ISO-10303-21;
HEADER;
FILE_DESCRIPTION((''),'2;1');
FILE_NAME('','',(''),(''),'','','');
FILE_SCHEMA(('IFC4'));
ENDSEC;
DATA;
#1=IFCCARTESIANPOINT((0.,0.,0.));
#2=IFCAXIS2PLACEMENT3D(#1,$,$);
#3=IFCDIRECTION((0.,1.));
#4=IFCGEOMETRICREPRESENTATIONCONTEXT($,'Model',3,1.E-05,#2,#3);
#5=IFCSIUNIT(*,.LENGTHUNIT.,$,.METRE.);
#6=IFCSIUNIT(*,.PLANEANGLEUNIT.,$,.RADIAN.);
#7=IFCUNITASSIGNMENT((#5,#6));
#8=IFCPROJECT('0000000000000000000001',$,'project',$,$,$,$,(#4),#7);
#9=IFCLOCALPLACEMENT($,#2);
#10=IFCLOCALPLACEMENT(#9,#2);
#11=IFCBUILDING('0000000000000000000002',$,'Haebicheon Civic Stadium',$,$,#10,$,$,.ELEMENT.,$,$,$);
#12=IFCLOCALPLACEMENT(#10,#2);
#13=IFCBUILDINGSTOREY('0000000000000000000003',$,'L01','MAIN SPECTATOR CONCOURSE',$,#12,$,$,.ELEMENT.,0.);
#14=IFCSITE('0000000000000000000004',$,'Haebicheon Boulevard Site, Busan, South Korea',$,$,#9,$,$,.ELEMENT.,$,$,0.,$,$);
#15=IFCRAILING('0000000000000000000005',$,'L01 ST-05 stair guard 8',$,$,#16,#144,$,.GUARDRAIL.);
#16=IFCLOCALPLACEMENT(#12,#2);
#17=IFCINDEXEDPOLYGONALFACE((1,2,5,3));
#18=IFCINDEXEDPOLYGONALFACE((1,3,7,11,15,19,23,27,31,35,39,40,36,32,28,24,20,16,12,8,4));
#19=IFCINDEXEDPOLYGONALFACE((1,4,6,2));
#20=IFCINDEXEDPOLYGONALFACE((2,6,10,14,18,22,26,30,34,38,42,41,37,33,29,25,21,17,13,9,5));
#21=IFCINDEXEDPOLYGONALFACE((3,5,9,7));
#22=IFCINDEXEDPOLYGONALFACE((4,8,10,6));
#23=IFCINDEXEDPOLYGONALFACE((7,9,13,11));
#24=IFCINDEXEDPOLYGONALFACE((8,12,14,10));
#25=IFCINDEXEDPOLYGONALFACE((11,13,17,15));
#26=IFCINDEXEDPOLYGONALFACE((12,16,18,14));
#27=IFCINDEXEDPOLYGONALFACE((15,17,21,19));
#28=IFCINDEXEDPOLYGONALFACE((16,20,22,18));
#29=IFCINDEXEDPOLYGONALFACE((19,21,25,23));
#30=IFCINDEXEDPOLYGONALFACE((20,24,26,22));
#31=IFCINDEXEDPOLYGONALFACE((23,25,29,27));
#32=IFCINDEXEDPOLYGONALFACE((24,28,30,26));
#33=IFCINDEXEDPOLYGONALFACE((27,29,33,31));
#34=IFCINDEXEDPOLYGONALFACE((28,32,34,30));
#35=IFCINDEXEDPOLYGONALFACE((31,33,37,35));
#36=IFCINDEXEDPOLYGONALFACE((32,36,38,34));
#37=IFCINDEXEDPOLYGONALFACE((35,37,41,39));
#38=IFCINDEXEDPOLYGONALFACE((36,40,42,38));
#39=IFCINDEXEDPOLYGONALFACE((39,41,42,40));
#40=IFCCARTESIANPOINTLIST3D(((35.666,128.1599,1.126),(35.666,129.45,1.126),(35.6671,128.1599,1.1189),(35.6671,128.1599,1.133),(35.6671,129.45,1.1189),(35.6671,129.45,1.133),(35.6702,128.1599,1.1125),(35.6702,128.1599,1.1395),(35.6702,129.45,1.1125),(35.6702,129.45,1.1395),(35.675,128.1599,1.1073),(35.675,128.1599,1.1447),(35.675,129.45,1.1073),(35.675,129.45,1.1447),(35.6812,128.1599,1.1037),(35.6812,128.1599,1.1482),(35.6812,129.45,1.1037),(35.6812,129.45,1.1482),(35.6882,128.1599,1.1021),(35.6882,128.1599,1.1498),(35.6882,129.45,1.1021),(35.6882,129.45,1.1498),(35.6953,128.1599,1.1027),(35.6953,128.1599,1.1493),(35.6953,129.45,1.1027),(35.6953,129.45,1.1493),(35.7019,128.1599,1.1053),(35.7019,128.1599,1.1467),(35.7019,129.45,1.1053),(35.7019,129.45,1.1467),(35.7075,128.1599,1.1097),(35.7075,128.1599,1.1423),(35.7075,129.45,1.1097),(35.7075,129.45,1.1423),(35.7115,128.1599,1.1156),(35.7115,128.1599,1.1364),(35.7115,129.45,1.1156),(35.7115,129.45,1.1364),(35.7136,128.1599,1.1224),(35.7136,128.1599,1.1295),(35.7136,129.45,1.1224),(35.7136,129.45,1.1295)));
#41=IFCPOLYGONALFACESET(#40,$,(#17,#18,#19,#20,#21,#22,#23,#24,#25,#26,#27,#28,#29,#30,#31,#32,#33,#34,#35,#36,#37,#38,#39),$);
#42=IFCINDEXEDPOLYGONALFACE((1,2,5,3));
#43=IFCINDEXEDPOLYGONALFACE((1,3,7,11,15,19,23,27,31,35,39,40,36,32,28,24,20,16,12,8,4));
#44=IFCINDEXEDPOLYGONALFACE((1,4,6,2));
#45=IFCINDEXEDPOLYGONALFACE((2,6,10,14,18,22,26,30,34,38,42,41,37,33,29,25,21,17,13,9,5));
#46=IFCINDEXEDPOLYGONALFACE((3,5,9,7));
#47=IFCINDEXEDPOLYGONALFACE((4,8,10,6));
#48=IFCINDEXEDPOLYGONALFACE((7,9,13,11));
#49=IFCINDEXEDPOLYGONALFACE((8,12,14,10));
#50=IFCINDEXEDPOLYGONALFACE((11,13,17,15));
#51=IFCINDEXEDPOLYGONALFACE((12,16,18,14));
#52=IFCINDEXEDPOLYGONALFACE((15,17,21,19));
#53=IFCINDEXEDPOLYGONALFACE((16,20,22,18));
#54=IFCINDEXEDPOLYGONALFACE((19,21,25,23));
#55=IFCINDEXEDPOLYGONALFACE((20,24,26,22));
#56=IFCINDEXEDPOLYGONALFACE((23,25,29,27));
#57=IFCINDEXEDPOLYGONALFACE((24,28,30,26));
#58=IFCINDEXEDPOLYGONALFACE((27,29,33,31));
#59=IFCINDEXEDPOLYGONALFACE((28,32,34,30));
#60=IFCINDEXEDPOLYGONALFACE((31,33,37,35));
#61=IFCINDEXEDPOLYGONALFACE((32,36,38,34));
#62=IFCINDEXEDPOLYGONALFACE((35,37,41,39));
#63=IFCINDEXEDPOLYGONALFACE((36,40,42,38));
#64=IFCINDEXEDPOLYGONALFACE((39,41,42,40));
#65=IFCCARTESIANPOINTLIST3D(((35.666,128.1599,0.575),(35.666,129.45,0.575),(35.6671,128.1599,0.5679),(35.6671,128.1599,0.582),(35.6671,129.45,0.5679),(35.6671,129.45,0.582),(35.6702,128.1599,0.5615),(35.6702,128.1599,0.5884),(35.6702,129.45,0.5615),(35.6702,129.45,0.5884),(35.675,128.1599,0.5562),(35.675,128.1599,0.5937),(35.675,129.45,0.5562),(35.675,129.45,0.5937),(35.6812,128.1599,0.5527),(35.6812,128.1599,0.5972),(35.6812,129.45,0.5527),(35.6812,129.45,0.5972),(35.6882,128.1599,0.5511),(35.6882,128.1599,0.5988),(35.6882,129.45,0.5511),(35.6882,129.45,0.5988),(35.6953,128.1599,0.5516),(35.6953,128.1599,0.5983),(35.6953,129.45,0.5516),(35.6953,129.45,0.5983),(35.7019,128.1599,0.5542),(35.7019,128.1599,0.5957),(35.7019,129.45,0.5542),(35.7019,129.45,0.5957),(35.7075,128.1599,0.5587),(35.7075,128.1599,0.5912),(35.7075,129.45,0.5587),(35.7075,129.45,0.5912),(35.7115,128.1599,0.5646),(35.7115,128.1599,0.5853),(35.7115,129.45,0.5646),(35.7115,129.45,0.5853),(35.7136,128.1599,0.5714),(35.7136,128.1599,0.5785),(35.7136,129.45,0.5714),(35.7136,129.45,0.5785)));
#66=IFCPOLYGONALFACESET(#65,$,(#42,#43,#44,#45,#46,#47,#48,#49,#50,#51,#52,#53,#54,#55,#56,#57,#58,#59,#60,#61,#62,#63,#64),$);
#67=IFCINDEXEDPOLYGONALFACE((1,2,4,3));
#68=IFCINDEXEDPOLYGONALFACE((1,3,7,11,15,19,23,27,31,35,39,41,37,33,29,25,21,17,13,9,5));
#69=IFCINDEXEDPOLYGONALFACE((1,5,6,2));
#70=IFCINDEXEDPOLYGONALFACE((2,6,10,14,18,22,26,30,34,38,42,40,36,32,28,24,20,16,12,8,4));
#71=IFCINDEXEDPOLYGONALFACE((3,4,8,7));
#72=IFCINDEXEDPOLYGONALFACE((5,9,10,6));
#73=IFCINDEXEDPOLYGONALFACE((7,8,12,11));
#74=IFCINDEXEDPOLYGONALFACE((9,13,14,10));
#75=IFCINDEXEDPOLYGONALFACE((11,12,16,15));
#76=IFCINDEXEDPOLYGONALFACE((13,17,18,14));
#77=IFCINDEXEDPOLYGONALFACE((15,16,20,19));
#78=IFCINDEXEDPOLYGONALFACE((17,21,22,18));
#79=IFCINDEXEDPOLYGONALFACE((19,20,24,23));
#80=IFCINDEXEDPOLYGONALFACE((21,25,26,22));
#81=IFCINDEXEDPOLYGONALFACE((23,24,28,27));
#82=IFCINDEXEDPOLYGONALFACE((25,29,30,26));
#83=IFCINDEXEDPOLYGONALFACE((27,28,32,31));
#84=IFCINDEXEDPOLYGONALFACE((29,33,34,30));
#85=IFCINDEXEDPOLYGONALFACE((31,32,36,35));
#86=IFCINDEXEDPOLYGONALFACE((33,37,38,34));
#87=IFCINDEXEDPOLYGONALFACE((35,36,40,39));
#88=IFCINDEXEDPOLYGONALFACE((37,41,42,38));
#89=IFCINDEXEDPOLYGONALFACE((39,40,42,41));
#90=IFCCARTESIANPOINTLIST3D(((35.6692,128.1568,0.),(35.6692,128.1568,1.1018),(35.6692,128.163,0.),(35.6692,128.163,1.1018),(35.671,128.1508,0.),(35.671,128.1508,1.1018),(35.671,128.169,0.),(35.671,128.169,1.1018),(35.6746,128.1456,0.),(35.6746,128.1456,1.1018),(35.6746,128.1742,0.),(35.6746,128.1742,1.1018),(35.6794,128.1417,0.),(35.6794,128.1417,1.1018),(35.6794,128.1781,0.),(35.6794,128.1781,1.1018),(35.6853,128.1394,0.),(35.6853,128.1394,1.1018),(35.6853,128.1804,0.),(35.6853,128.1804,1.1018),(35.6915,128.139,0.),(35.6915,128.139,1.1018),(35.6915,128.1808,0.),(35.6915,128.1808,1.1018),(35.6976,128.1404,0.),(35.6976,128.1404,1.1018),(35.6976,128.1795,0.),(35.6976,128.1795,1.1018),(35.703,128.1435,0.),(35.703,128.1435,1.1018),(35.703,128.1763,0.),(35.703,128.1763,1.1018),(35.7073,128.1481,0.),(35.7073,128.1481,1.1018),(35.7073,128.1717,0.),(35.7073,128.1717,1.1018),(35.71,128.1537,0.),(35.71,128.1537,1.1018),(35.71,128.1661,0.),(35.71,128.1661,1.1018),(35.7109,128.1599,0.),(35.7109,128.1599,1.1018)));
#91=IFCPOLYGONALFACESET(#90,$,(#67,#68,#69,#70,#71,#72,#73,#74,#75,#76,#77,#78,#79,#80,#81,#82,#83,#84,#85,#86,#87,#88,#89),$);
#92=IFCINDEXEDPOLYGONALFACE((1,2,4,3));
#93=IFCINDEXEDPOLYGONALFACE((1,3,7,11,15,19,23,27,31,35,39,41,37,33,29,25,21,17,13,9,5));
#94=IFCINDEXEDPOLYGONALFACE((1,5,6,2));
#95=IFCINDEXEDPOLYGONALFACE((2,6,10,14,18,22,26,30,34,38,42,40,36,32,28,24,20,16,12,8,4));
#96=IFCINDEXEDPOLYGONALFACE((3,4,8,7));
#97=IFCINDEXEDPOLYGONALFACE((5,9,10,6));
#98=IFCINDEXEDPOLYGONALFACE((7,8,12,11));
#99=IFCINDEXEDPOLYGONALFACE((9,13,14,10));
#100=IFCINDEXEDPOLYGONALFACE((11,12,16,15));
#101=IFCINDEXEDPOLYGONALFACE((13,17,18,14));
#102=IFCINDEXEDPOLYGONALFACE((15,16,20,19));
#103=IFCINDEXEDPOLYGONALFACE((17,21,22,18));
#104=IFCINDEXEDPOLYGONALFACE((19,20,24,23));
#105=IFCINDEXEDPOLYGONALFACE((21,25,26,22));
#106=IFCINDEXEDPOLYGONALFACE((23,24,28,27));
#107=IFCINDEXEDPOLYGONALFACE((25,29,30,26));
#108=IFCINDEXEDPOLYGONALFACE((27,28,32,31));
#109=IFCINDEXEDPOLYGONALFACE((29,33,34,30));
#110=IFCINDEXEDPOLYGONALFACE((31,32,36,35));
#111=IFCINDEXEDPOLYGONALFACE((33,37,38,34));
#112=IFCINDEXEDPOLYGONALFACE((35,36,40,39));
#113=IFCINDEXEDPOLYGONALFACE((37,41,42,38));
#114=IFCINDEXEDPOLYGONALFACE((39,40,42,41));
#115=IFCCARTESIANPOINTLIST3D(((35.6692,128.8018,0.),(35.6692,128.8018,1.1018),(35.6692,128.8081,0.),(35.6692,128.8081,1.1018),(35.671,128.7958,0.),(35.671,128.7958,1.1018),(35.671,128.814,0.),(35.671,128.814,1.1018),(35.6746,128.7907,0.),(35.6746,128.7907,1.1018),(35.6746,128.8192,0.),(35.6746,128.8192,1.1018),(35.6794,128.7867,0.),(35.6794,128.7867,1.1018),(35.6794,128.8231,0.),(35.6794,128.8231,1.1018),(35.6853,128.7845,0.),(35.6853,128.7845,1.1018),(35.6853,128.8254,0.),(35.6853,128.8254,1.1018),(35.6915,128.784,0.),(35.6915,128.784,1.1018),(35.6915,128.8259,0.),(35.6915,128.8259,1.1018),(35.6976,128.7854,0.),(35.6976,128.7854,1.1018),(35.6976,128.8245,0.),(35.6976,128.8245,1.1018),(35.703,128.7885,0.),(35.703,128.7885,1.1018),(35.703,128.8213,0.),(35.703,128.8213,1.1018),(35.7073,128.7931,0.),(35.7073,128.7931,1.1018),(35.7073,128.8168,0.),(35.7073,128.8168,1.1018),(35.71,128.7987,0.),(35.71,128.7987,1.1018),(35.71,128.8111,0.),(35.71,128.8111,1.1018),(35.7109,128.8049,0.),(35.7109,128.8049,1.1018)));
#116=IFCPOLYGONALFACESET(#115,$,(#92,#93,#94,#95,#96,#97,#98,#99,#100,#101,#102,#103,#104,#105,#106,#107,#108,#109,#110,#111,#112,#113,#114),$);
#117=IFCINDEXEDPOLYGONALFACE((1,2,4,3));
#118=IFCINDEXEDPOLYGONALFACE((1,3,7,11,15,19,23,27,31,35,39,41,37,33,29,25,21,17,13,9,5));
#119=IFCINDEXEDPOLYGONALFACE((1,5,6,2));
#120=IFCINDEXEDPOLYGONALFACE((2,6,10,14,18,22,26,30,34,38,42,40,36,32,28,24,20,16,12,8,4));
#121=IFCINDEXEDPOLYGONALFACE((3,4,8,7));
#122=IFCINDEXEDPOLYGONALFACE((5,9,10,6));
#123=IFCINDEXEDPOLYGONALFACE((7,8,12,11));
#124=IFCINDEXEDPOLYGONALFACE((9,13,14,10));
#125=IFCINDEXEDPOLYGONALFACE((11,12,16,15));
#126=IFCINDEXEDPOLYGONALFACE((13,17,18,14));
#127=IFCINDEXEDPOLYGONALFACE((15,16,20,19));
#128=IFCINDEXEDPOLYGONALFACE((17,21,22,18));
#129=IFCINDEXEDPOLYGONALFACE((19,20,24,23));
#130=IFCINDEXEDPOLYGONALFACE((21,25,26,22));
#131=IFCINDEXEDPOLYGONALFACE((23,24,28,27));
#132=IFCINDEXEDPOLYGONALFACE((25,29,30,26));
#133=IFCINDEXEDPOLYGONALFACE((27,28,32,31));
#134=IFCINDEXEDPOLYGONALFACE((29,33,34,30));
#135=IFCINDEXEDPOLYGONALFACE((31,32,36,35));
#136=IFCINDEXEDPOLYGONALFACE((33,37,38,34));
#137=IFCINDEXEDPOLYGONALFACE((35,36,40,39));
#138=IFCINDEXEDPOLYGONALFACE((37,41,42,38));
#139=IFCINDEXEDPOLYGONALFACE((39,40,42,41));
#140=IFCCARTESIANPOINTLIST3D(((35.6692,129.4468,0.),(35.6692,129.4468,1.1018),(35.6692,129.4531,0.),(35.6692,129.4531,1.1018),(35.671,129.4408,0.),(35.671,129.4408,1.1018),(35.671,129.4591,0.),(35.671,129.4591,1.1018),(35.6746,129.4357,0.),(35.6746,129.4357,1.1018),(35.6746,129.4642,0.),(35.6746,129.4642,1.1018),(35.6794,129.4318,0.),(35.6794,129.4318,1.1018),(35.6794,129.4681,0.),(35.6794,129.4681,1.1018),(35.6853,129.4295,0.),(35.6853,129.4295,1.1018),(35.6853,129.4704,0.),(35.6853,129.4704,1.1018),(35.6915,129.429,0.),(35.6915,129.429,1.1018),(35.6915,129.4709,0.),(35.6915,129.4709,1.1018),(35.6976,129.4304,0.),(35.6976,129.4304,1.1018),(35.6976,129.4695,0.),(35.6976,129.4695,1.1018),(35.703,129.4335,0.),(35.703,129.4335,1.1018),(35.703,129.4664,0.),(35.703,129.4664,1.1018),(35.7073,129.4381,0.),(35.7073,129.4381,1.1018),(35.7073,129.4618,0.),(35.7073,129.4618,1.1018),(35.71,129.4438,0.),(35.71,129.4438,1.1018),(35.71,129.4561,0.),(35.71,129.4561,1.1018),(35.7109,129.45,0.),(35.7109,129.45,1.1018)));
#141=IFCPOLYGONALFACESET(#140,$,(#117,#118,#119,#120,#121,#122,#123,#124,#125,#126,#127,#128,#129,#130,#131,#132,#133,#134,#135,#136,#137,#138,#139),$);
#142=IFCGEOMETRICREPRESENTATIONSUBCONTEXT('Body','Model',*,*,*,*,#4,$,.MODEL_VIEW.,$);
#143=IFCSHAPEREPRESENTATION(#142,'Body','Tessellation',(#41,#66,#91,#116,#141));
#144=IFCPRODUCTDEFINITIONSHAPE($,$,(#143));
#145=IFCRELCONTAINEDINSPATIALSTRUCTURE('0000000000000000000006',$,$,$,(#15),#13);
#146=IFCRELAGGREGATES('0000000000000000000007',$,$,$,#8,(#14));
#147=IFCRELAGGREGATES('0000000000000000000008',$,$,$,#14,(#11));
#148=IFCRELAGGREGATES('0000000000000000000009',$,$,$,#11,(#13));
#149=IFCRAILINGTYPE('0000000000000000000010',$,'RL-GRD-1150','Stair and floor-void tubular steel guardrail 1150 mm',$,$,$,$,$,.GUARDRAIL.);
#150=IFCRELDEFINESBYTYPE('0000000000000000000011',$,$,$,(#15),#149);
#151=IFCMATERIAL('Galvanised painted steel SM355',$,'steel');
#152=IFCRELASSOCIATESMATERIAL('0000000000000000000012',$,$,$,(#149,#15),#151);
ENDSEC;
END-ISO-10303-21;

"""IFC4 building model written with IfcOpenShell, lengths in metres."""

from ifc_helpers import new_model, si_unit, direction, frame, origin, origin_2d, place, context, subcontext, project, spatial, circle, extrude, material, type_object, element, save


model = new_model("IFC4")

# Units and contexts
model_context = context("Model", 3, precision=1e-05, world=origin(), true_north=direction((0.0, 1.0)))
body_context = subcontext(model_context, "Body", "Model", "MODEL_VIEW")
ifc_project = project(units=[si_unit("LENGTHUNIT", "METRE"), si_unit("PLANEANGLEUNIT", "RADIAN")], contexts=[model_context])

# Site, building, storey
site_placement = place(None, origin())
site = spatial("IfcSite", under=ifc_project, at=site_placement, Name="Haebicheon Boulevard Site, Busan, South Korea", CompositionType="ELEMENT", RefElevation=0.0)
building_placement = place(site_placement, origin())
building = spatial("IfcBuilding", under=site, at=building_placement, Name="Haebicheon Civic Stadium", CompositionType="ELEMENT")
storey_placement = place(building_placement, origin())
storey = spatial("IfcBuildingStorey", under=building, at=storey_placement, Name="L01", Description="MAIN SPECTATOR CONCOURSE", CompositionType="ELEMENT", Elevation=0.0)

# Railing
ifc_material_1 = material(Name="Galvanised painted steel SM355", Category="steel")
railing_type_1 = type_object("IfcRailingType", Name="RL-GRD-1150", Description="Stair and floor-void tubular steel guardrail 1150 mm", PredefinedType="GUARDRAIL", material=ifc_material_1)
railing_1_placement = place(storey_placement, frame((35.6899, 128.1599, 0.0)))
element("IfcRailing", 1, at=railing_1_placement, inside=storey, type_object=railing_type_1, material=ifc_material_1, Name="L01 ST-05 stair guard 8", PredefinedType="GUARDRAIL", context=body_context, shape_type="SweptSolid", body=[
    extrude(circle(Radius=0.0239, at=origin_2d()), frame((0.0, 0.0, 1.126), z_axis=(0.0, 1.0, 0.0), x_axis=(-1.0, 0.0, 0.0)), (0.0, 0.0, 1.0), 1.29),
    extrude(circle(Radius=0.0239, at=origin_2d()), frame((0.0, 0.0, 0.575), z_axis=(0.0, 1.0, 0.0), x_axis=(-1.0, 0.0, 0.0)), (0.0, 0.0, 1.0), 1.29),
    extrude(circle(Radius=0.021, at=origin_2d()), origin(), (0.0, 0.0, 1.0), 1.1018),
    extrude(circle(Radius=0.021, at=origin_2d()), frame((0.0, 0.645, 0.0)), (0.0, 0.0, 1.0), 1.1018),
    extrude(circle(Radius=0.021, at=origin_2d()), frame((0.0, 1.29, 0.0)), (0.0, 0.0, 1.0), 1.1018),
])

save(model, "model.ifc")
